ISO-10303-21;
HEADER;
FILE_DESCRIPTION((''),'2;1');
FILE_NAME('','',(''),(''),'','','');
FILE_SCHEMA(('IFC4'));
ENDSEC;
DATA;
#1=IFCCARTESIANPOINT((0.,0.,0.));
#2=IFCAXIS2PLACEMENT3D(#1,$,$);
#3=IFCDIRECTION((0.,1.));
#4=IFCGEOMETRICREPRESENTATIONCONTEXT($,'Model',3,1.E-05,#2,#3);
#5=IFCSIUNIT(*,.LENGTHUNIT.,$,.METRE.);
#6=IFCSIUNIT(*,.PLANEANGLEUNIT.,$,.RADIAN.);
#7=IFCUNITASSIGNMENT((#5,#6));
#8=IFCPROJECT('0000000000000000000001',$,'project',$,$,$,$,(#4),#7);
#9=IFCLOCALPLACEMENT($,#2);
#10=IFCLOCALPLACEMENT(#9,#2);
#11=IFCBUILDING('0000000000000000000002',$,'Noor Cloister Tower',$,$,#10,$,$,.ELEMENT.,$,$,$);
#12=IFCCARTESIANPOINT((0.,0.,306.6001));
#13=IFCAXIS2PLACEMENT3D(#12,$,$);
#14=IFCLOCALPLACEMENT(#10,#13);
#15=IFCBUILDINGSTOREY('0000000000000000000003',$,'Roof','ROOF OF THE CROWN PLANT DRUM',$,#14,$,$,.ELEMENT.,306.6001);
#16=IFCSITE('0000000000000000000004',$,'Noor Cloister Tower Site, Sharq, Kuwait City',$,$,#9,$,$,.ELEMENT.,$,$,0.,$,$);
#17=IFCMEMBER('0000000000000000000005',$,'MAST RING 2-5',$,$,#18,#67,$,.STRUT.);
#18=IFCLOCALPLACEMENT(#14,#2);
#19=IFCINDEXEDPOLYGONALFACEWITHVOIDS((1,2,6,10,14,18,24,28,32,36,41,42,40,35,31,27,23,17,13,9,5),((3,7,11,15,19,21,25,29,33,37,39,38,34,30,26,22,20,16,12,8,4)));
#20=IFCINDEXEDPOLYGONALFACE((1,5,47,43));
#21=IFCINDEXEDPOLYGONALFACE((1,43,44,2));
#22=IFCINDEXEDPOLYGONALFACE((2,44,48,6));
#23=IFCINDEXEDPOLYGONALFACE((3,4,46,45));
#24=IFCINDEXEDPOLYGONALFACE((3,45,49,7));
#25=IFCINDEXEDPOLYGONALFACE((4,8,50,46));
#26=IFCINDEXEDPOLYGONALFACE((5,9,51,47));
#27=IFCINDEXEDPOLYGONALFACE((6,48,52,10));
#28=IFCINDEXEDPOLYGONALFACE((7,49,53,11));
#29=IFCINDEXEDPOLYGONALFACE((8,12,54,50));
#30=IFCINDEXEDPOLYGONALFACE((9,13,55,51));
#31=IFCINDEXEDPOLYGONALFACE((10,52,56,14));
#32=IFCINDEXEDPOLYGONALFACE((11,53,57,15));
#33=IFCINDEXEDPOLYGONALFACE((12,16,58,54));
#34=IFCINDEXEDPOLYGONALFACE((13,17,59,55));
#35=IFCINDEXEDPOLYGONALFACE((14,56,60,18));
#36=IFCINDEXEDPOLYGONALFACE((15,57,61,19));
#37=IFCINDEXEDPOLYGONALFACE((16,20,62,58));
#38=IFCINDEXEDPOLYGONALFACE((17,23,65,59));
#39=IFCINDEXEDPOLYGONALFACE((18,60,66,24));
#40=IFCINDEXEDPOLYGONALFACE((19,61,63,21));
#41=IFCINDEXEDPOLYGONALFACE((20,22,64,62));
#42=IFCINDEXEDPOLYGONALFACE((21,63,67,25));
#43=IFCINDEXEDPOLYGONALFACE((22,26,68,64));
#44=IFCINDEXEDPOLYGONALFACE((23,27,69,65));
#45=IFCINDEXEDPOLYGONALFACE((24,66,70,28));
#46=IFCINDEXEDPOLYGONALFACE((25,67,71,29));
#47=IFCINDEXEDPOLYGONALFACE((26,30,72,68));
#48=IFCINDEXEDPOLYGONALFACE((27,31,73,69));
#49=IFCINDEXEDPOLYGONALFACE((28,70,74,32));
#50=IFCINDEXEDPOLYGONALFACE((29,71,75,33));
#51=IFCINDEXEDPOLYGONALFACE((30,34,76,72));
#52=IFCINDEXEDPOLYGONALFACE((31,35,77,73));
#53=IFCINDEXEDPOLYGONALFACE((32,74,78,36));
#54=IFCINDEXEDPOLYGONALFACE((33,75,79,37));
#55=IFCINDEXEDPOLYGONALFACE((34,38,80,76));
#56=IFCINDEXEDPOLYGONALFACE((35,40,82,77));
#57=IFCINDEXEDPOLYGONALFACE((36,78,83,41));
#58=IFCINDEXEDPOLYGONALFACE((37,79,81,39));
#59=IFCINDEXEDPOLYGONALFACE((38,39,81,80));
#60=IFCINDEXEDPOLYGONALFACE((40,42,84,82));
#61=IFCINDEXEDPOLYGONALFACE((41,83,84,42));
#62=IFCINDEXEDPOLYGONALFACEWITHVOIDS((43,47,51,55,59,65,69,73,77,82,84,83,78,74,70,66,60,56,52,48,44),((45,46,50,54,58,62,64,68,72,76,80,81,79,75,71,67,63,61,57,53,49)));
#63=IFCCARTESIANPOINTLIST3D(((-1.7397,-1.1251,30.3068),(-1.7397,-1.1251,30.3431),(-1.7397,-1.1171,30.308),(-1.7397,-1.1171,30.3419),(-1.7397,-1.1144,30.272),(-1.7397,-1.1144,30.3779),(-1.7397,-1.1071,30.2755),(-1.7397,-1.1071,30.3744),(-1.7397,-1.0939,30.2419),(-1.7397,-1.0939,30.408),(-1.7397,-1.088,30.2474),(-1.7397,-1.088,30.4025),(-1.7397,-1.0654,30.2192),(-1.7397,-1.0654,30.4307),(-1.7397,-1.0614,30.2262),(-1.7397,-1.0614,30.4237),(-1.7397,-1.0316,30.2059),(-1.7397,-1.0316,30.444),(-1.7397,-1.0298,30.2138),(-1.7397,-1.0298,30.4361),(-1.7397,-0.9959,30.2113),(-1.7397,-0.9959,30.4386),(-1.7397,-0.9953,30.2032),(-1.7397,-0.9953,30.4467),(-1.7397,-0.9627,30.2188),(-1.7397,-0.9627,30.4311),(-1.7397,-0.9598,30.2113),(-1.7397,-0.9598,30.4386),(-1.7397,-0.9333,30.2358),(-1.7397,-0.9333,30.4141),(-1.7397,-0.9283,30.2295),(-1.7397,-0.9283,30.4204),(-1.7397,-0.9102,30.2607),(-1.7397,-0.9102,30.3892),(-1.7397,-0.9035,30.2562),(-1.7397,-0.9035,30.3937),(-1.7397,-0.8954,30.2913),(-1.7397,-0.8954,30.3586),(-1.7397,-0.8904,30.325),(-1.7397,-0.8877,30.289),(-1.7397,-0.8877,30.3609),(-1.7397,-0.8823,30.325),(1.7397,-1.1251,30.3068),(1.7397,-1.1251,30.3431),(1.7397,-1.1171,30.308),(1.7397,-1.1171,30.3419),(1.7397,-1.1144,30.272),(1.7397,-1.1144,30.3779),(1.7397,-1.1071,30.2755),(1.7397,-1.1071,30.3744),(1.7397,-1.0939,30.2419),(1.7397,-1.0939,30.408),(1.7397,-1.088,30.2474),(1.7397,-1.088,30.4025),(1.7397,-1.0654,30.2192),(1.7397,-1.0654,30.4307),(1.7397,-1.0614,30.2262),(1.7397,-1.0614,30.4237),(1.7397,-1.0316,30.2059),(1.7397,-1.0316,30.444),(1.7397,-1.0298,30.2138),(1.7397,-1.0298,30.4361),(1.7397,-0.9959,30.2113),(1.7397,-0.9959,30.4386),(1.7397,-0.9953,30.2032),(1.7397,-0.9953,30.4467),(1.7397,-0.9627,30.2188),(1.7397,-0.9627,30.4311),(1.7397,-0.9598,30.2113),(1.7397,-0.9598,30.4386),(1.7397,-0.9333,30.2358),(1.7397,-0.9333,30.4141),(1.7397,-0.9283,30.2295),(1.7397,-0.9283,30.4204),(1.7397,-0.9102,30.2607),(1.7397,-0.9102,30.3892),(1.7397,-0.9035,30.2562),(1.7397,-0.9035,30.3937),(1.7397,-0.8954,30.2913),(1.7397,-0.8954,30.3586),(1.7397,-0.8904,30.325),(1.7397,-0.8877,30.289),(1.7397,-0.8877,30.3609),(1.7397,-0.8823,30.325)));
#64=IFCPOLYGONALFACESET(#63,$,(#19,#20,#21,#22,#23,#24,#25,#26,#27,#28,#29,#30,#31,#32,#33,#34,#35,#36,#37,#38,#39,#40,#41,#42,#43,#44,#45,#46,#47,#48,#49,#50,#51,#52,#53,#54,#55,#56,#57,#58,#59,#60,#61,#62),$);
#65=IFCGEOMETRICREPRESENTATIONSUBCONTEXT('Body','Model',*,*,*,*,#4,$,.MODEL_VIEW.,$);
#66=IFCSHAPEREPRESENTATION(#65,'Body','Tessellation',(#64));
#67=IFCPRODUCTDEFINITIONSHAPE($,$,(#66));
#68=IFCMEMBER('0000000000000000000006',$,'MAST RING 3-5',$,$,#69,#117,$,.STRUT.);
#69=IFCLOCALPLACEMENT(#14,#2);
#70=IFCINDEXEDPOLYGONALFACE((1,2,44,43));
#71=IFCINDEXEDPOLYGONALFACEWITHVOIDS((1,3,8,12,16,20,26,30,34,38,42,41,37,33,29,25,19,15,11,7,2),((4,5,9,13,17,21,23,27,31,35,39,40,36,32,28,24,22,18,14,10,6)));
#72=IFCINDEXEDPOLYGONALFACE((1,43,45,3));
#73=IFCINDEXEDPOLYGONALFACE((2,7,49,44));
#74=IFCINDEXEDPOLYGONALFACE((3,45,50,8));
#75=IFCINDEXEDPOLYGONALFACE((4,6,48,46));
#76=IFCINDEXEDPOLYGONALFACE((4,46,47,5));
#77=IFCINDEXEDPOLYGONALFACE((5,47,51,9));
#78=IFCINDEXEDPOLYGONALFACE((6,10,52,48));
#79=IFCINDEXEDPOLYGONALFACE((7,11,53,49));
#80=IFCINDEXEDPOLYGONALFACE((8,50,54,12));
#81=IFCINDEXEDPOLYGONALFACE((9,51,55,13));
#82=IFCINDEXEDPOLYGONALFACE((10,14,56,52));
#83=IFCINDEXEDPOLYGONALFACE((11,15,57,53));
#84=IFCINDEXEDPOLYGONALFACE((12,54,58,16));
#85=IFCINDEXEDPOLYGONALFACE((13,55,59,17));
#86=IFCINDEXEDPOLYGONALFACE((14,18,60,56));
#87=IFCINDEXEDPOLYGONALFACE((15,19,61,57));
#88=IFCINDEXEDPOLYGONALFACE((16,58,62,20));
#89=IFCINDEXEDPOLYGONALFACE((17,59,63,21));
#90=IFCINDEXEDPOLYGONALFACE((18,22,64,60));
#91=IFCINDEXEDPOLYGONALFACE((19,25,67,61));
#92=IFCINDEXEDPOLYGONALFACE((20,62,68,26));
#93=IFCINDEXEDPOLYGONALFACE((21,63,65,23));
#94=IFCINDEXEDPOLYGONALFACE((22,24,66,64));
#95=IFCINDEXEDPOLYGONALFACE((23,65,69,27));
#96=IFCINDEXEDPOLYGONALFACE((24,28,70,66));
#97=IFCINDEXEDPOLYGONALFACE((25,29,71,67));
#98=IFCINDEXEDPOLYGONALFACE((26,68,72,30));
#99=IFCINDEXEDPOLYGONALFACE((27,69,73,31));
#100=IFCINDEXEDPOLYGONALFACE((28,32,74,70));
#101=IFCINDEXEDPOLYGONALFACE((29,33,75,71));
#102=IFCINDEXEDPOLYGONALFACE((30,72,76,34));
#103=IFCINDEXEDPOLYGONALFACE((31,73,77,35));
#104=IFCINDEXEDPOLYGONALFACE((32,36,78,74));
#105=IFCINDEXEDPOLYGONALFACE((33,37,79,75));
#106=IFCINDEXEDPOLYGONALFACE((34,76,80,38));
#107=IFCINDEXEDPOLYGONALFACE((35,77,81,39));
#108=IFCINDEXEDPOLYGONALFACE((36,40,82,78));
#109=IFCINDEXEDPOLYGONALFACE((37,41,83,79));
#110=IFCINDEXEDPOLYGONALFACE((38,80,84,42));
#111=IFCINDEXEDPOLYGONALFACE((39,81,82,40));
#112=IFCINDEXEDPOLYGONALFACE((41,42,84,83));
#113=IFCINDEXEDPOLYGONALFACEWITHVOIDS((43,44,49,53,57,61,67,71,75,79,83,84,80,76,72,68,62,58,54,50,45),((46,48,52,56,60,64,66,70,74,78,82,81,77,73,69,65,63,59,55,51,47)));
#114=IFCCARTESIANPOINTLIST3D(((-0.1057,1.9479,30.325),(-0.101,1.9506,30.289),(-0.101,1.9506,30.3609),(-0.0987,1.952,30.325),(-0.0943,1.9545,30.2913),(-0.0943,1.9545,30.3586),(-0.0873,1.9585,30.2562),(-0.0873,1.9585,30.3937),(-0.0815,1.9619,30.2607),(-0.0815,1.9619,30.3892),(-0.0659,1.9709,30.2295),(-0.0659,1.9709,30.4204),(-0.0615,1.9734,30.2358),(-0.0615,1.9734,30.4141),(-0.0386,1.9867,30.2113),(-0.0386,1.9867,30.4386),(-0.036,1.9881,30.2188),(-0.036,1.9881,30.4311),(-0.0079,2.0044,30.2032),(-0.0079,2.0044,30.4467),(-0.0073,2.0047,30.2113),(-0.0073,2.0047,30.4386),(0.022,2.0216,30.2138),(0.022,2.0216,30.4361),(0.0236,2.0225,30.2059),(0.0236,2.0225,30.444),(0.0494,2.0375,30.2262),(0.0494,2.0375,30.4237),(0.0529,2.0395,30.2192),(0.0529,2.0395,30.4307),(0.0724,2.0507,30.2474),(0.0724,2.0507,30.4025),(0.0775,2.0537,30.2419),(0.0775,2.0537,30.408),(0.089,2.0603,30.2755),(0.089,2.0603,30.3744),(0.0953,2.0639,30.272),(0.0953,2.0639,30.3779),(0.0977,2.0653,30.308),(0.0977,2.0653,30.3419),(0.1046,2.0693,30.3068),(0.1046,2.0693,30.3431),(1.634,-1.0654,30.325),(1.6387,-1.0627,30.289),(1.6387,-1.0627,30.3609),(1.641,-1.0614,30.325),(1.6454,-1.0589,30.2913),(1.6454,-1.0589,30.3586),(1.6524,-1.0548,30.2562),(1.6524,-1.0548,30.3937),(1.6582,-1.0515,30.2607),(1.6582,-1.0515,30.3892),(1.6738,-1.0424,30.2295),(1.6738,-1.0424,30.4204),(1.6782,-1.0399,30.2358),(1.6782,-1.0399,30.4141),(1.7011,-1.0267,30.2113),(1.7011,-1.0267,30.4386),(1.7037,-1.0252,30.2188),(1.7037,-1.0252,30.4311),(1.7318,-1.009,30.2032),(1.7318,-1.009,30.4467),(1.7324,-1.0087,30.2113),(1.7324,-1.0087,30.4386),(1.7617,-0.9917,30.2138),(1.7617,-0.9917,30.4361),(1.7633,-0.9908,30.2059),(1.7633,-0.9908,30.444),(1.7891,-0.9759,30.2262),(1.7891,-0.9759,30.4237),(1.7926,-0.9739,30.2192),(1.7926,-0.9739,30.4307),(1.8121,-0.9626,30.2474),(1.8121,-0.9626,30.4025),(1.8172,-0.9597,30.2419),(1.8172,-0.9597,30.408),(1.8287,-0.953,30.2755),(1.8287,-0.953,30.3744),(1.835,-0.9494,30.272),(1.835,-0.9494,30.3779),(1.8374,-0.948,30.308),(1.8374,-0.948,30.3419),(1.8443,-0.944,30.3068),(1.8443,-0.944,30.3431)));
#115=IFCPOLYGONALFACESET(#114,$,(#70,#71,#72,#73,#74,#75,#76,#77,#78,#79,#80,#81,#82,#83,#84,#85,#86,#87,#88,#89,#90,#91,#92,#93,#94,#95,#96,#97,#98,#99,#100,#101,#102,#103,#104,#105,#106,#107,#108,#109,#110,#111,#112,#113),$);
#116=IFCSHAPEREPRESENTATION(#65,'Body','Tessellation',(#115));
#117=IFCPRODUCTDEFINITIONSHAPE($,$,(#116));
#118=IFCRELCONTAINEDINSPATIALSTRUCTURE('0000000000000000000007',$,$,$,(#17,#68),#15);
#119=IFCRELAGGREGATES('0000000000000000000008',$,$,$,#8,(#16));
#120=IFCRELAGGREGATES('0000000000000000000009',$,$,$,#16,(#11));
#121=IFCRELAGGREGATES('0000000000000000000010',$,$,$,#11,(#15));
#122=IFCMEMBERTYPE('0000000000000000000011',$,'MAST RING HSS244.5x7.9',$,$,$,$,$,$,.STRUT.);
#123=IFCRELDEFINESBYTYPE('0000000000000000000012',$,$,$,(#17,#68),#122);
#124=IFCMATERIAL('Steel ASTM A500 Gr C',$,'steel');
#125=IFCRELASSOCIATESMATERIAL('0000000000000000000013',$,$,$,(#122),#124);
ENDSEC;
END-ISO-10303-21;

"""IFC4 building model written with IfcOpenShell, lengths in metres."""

from ifc_helpers import new_model, si_unit, direction, frame, origin, origin_2d, place, context, subcontext, project, spatial, hollow_circle, extrude, material, material_profile, profile_set, type_object, element, save


model = new_model("IFC4")

# Units and contexts
model_context = context("Model", 3, precision=1e-05, world=origin(), true_north=direction((0.0, 1.0)))
body_context = subcontext(model_context, "Body", "Model", "MODEL_VIEW")
ifc_project = project(units=[si_unit("LENGTHUNIT", "METRE"), si_unit("PLANEANGLEUNIT", "RADIAN")], contexts=[model_context])

# Site, building, storey
site_placement = place(None, origin())
site = spatial("IfcSite", under=ifc_project, at=site_placement, Name="Noor Cloister Tower Site, Sharq, Kuwait City", CompositionType="ELEMENT", RefElevation=0.0)
building_placement = place(site_placement, origin())
building = spatial("IfcBuilding", under=site, at=building_placement, Name="Noor Cloister Tower", CompositionType="ELEMENT")
storey_placement = place(building_placement, frame((0.0, 0.0, 306.6001)))
storey = spatial("IfcBuildingStorey", under=building, at=storey_placement, Name="Roof", Description="ROOF OF THE CROWN PLANT DRUM", CompositionType="ELEMENT", Elevation=306.6001)

# Members
ifc_material_1 = material(Name="Steel ASTM A500 Gr C", Category="steel")
ifc_material_profile_1 = material_profile(ifc_material_1, hollow_circle(Radius=0.1221, WallThickness=0.0081, at=origin_2d()), Name="HSS244.5x7.9")
ifc_profile_set_1 = profile_set([ifc_material_profile_1], Name="Steel ASTM A500 Gr C")
member_type_1 = type_object("IfcMemberType", Name="MAST RING HSS244.5x7.9", PredefinedType="STRUT", material=ifc_profile_set_1)
for number, where, z_axis, x_axis, name in (
    (1, (-1.7397, -1.0044, 30.325), (1.0, 0.0, 0.0), (0.0, 1.0, 0.0), "MAST RING 2-5"),
    (2, (1.7397, -1.0044, 30.325), (-0.499988, 0.866033, 0.0), (-0.866033, -0.499988, 0.0), "MAST RING 3-5"),
):
    element("IfcMember", number, at=place(storey_placement, frame(where, z_axis=z_axis, x_axis=x_axis)), inside=storey, type_object=member_type_1, Name=name, PredefinedType="STRUT", context=body_context, shape_type="SweptSolid", body=[
        extrude(hollow_circle(Radius=0.1221, WallThickness=0.0081, at=origin_2d()), origin(), (0.0, 0.0, 1.0), 3.4795),
    ])

save(model, "model.ifc")
